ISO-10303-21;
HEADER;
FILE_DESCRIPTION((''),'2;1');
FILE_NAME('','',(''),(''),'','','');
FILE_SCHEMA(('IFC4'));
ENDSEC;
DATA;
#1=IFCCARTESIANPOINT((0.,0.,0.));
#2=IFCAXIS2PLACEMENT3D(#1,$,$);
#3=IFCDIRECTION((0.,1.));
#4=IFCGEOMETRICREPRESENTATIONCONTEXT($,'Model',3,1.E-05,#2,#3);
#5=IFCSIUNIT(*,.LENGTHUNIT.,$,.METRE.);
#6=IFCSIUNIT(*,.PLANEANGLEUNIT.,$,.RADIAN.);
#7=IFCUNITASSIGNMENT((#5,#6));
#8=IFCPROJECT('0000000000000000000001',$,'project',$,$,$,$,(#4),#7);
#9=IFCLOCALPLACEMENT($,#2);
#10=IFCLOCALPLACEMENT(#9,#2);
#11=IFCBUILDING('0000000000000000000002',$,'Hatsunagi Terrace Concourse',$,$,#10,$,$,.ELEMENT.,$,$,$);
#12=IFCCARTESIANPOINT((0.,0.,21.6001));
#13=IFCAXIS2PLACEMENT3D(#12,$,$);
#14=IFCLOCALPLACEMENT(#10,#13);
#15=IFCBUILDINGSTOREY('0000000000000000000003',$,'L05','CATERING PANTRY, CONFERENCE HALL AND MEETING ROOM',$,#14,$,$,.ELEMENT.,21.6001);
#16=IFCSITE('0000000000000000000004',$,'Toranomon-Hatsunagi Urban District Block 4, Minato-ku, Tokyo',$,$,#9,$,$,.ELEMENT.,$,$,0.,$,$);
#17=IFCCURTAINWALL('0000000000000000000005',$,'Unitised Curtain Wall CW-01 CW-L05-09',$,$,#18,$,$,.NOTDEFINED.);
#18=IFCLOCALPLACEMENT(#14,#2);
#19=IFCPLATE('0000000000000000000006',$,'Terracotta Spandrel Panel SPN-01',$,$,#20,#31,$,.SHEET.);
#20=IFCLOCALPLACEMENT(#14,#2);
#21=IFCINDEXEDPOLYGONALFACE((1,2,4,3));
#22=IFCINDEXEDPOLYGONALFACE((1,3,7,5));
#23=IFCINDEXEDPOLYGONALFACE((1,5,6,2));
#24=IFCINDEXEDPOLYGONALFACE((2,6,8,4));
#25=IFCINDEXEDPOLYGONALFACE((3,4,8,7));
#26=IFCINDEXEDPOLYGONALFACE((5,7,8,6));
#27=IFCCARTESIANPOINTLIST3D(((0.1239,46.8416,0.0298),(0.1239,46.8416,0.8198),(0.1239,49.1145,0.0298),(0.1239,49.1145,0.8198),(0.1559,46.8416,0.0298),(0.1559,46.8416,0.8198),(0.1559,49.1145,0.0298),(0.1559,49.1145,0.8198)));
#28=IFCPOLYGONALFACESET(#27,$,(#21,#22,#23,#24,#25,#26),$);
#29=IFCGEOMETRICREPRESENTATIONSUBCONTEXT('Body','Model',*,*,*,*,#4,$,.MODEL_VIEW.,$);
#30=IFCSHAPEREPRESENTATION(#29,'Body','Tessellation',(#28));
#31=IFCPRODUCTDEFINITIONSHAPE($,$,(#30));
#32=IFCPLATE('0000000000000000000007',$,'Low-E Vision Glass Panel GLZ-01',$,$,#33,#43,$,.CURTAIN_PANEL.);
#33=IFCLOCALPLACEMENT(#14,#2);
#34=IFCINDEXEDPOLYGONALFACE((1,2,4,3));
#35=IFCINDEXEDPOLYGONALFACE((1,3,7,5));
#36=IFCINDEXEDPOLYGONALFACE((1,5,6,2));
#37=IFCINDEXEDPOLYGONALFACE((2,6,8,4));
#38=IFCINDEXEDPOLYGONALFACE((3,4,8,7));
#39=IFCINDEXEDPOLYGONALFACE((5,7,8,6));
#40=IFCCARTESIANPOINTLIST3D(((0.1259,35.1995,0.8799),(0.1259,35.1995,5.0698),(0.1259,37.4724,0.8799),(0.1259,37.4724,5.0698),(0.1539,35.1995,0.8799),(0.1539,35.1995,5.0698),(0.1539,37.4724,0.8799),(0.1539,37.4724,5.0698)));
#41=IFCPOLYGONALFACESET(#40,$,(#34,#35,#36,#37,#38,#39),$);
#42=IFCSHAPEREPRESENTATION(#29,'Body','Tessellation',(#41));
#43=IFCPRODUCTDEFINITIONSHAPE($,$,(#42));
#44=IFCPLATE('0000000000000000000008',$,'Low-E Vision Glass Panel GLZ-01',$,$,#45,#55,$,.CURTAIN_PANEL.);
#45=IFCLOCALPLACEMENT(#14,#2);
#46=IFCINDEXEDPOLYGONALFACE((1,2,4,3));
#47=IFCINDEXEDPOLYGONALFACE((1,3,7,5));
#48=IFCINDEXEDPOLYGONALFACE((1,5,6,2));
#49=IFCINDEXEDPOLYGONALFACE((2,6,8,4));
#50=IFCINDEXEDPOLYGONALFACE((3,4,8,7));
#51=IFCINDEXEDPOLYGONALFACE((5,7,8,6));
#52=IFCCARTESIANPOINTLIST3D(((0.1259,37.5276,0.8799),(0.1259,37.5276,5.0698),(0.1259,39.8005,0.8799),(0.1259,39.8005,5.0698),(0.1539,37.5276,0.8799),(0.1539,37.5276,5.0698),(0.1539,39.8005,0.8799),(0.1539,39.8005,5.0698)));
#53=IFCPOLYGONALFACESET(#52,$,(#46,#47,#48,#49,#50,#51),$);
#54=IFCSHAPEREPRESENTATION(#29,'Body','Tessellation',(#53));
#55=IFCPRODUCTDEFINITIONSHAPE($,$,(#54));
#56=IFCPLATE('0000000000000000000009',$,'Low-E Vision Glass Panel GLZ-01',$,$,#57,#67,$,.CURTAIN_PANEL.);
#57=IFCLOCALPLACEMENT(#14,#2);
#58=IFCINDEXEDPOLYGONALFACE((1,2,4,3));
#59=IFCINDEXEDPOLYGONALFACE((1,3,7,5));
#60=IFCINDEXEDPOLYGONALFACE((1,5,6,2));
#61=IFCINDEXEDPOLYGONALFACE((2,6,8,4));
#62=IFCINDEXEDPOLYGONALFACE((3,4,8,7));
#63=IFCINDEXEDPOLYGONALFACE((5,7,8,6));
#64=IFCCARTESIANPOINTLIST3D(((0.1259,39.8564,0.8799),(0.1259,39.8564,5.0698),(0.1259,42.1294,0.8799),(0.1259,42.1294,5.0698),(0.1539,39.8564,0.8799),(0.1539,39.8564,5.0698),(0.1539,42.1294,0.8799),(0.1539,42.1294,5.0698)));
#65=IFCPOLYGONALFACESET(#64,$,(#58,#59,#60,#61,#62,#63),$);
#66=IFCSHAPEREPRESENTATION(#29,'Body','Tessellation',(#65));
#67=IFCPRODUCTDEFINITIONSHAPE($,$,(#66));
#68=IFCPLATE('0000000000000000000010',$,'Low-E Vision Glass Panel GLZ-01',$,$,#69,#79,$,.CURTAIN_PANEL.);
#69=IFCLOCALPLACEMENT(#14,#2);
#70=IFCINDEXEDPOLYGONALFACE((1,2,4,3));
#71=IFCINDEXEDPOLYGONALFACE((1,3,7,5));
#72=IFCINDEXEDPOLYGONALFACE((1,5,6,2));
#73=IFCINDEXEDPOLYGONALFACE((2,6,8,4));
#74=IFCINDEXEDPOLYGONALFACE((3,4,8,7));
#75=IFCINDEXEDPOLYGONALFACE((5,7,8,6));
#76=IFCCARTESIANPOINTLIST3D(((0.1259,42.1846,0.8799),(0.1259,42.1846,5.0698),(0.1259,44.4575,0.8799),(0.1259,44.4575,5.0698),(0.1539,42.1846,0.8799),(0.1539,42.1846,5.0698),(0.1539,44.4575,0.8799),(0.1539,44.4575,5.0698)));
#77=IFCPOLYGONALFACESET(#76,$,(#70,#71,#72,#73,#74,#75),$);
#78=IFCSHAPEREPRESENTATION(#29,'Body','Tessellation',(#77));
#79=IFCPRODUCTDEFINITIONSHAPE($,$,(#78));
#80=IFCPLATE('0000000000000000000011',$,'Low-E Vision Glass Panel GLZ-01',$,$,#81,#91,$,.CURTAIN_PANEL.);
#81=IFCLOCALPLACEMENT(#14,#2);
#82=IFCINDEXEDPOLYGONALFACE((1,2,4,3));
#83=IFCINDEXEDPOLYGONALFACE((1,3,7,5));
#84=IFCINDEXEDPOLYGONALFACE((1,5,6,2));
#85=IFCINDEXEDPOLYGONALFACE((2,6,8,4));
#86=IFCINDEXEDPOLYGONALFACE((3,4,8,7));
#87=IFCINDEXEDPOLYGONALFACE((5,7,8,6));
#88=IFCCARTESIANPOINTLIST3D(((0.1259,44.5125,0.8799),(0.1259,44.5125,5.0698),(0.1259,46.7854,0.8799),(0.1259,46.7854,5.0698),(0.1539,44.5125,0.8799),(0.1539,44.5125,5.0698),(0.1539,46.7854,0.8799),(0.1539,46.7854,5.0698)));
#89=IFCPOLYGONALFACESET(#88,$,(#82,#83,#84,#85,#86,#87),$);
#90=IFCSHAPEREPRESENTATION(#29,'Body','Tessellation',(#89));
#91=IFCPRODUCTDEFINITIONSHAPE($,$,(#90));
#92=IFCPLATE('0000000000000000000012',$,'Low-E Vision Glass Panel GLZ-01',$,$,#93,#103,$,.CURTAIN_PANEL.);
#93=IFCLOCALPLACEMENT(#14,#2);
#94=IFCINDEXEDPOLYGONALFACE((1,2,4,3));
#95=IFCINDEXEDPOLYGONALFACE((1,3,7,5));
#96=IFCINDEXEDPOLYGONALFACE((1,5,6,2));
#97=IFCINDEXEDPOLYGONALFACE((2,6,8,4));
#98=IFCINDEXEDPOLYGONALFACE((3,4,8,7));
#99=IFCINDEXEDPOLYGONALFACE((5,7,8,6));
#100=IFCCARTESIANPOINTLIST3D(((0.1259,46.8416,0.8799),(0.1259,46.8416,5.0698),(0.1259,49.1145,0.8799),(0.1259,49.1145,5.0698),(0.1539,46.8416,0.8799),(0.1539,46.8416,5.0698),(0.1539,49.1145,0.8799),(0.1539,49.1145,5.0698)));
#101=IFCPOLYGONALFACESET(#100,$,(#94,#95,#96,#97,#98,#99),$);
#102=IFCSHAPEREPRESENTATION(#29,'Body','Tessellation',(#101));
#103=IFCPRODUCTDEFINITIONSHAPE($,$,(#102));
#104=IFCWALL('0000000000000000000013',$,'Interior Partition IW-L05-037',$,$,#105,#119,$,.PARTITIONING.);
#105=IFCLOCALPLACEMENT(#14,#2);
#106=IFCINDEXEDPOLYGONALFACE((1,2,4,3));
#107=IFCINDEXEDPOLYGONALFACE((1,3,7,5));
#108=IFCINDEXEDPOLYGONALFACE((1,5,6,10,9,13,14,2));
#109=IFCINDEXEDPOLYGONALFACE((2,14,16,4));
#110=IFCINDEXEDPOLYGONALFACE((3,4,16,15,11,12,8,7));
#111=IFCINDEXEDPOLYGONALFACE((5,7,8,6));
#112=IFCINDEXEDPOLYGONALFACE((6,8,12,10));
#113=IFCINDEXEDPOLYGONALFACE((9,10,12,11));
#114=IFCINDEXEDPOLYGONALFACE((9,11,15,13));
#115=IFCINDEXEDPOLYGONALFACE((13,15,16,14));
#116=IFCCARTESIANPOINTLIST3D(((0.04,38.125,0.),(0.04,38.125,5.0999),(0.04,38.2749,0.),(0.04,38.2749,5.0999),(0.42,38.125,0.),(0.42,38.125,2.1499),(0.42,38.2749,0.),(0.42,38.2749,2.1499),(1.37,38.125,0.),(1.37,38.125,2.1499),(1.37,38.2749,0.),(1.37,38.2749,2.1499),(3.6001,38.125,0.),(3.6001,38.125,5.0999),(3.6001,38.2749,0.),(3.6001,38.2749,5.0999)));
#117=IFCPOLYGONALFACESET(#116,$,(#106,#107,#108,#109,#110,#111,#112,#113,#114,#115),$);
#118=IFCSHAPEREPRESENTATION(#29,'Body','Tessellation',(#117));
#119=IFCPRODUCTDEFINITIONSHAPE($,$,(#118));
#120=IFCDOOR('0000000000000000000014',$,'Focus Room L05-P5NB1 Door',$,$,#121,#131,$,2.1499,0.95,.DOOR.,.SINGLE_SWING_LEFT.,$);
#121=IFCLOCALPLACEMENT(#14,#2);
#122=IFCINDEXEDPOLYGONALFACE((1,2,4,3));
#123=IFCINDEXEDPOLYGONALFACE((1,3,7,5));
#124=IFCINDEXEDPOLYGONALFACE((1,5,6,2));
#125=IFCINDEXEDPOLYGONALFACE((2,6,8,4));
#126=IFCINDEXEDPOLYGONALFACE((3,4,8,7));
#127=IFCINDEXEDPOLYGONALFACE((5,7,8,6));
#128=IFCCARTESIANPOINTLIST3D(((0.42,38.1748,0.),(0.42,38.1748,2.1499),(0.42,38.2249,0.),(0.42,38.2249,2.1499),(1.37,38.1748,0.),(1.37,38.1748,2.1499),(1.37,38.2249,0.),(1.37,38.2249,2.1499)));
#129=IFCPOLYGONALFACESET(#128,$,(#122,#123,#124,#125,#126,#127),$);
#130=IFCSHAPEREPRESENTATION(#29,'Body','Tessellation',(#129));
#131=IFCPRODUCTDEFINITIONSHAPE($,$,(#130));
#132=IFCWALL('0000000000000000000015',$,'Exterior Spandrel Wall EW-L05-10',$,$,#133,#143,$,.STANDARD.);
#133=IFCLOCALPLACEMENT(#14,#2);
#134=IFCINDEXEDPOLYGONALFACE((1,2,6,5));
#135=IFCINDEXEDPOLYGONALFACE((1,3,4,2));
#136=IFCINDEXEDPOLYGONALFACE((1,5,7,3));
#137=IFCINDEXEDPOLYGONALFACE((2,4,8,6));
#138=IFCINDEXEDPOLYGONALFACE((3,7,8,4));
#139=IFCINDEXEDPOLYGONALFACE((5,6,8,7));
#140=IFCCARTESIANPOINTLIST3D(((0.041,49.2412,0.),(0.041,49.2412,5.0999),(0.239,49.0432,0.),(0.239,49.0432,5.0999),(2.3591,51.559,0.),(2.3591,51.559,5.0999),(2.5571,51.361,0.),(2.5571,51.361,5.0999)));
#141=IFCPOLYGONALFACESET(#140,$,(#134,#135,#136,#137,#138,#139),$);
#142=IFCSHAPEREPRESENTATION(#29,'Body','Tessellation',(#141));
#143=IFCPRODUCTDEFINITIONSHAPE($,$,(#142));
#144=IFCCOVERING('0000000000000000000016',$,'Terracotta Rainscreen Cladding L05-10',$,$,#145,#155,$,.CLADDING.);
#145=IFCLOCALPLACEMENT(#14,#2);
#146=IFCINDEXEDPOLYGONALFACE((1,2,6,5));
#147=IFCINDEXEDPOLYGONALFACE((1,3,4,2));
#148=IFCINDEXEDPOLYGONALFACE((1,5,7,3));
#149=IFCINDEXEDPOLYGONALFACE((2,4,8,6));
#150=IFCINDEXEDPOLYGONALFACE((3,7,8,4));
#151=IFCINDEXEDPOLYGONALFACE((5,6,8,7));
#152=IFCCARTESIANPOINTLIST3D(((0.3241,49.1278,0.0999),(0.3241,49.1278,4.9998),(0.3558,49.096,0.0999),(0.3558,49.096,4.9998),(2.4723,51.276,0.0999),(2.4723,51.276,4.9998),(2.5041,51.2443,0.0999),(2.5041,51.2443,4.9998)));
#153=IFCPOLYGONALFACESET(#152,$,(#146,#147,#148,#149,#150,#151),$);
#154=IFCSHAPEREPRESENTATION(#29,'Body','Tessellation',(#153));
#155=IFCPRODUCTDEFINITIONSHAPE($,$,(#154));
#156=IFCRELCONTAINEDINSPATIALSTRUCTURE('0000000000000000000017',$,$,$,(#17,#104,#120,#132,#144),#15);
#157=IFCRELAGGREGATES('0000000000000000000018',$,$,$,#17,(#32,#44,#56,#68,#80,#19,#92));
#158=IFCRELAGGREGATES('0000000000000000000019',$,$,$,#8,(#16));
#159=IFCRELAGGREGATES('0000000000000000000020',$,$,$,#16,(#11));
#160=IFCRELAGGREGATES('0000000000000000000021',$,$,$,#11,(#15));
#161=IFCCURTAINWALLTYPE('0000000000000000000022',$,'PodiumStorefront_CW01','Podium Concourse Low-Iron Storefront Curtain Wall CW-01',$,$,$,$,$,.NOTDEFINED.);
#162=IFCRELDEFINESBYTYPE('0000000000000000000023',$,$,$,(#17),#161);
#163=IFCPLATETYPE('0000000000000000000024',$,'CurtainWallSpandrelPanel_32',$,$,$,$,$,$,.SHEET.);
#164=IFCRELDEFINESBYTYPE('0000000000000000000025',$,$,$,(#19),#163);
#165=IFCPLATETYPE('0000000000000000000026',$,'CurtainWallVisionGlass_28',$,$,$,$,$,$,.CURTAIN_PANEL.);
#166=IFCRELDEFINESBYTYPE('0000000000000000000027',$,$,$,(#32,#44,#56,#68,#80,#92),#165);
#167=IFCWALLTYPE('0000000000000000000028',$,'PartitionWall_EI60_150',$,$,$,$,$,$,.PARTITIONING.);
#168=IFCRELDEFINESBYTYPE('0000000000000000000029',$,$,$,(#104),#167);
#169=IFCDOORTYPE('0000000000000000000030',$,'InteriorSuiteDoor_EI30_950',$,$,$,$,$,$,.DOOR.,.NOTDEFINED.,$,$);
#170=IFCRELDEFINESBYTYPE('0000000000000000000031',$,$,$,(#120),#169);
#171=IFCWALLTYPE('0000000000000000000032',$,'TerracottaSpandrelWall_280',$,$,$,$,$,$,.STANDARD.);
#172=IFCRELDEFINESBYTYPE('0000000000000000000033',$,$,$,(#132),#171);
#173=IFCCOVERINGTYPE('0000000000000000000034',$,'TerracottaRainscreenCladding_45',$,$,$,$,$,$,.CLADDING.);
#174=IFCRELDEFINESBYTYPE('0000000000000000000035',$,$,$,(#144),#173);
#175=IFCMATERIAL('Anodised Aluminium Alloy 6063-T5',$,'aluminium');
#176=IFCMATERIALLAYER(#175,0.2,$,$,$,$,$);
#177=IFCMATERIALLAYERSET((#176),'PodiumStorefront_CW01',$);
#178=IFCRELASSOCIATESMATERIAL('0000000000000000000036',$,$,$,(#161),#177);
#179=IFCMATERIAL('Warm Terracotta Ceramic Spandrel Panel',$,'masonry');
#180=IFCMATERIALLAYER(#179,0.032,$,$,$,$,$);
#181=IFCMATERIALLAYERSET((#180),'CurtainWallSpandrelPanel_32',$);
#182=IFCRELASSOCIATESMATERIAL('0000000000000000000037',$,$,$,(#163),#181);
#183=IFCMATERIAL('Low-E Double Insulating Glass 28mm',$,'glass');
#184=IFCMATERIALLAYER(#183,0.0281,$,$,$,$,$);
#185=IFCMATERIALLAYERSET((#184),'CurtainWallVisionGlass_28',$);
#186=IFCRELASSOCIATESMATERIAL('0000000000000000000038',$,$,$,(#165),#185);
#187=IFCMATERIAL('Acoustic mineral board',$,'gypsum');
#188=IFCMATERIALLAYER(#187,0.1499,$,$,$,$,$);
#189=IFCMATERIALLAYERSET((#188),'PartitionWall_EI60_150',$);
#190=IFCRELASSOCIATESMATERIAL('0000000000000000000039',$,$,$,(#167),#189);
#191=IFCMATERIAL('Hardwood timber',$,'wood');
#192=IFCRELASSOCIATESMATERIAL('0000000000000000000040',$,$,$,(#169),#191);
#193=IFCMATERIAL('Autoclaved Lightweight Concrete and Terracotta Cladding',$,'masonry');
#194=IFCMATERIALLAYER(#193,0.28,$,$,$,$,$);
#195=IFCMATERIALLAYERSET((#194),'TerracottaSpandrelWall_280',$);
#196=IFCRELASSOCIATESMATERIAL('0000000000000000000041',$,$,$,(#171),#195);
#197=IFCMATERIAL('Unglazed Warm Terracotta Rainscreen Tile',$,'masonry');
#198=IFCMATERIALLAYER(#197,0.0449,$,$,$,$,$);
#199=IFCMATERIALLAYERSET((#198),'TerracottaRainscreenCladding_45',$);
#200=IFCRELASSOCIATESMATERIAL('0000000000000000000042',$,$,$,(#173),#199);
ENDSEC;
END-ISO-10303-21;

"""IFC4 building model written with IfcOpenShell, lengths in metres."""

from ifc_helpers import new_model, si_unit, direction, frame, frame_2d, origin, origin_2d, place, context, subcontext, project, spatial, rectangle, extrude, material, layer, layer_set, type_object, element, fill, aggregate, save


model = new_model("IFC4")

# Units and contexts
model_context = context("Model", 3, precision=1e-05, world=origin(), true_north=direction((0.0, 1.0)))
body_context = subcontext(model_context, "Body", "Model", "MODEL_VIEW")
ifc_project = project(units=[si_unit("LENGTHUNIT", "METRE"), si_unit("PLANEANGLEUNIT", "RADIAN")], contexts=[model_context])

# Site, building, storey
site_placement = place(None, origin())
site = spatial("IfcSite", under=ifc_project, at=site_placement, Name="Toranomon-Hatsunagi Urban District Block 4, Minato-ku, Tokyo", CompositionType="ELEMENT", RefElevation=0.0)
building_placement = place(site_placement, origin())
building = spatial("IfcBuilding", under=site, at=building_placement, Name="Hatsunagi Terrace Concourse", CompositionType="ELEMENT")
storey_placement = place(building_placement, frame((0.0, 0.0, 21.6001)))
storey = spatial("IfcBuildingStorey", under=building, at=storey_placement, Name="L05", Description="CATERING PANTRY, CONFERENCE HALL AND MEETING ROOM", CompositionType="ELEMENT", Elevation=21.6001)

# Curtain wall
ifc_material_1 = material(Name="Anodised Aluminium Alloy 6063-T5", Category="aluminium")
ifc_layer_1 = layer(ifc_material_1, 0.2)
ifc_layer_set_1 = layer_set([ifc_layer_1], Name="PodiumStorefront_CW01")
curtain_wall_type = type_object("IfcCurtainWallType", Name="PodiumStorefront_CW01", Description="Podium Concourse Low-Iron Storefront Curtain Wall CW-01", PredefinedType="NOTDEFINED", material=ifc_layer_set_1)
curtain_wall_1_placement = place(storey_placement, origin())
curtain_wall_1 = element("IfcCurtainWall", 1, at=curtain_wall_1_placement, inside=storey, type_object=curtain_wall_type, Name="Unitised Curtain Wall CW-01 CW-L05-09", PredefinedType="NOTDEFINED")

# Plates
ifc_material_2 = material(Name="Warm Terracotta Ceramic Spandrel Panel", Category="masonry")
ifc_layer_2 = layer(ifc_material_2, 0.032)
ifc_layer_set_2 = layer_set([ifc_layer_2], Name="CurtainWallSpandrelPanel_32")
plate_type_1 = type_object("IfcPlateType", Name="CurtainWallSpandrelPanel_32", PredefinedType="SHEET", material=ifc_layer_set_2)
plate_1_placement = place(storey_placement, frame((0.1399, 47.978, 0.0298), z_axis=(0.0, 0.0, 1.0), x_axis=(0.0, 1.0, 0.0)))
plate_1 = element("IfcPlate", 2, at=plate_1_placement, type_object=plate_type_1, Name="Terracotta Spandrel Panel SPN-01", PredefinedType="SHEET", context=body_context, shape_type="SweptSolid", body=[
    extrude(rectangle(XDim=2.2729, YDim=0.032, at=origin_2d()), origin(), (0.0, 0.0, 1.0), 0.79),
])
ifc_material_3 = material(Name="Low-E Double Insulating Glass 28mm", Category="glass")
ifc_layer_3 = layer(ifc_material_3, 0.0281)
ifc_layer_set_3 = layer_set([ifc_layer_3], Name="CurtainWallVisionGlass_28")
plate_type_2 = type_object("IfcPlateType", Name="CurtainWallVisionGlass_28", PredefinedType="CURTAIN_PANEL", material=ifc_layer_set_3)
plate_2_placement = place(storey_placement, frame((0.1399, 36.3359, 0.8799), z_axis=(0.0, 0.0, 1.0), x_axis=(0.0, 1.0, 0.0)))
plate_2 = element("IfcPlate", 3, at=plate_2_placement, type_object=plate_type_2, Name="Low-E Vision Glass Panel GLZ-01", PredefinedType="CURTAIN_PANEL", context=body_context, shape_type="SweptSolid", body=[
    extrude(rectangle(XDim=2.2729, YDim=0.0281, at=origin_2d()), origin(), (0.0, 0.0, 1.0), 4.1899),
])
plate_3_placement = place(storey_placement, frame((0.1399, 38.6641, 0.8799), z_axis=(0.0, 0.0, 1.0), x_axis=(0.0, 1.0, 0.0)))
plate_3 = element("IfcPlate", 4, at=plate_3_placement, type_object=plate_type_2, Name="Low-E Vision Glass Panel GLZ-01", PredefinedType="CURTAIN_PANEL", context=body_context, shape_type="SweptSolid", body=[
    extrude(rectangle(XDim=2.2729, YDim=0.0281, at=origin_2d()), origin(), (0.0, 0.0, 1.0), 4.1899),
])
plate_4_placement = place(storey_placement, frame((0.1399, 40.9929, 0.8799), z_axis=(0.0, 0.0, 1.0), x_axis=(0.0, 1.0, 0.0)))
plate_4 = element("IfcPlate", 5, at=plate_4_placement, type_object=plate_type_2, Name="Low-E Vision Glass Panel GLZ-01", PredefinedType="CURTAIN_PANEL", context=body_context, shape_type="SweptSolid", body=[
    extrude(rectangle(XDim=2.2729, YDim=0.0281, at=origin_2d()), origin(), (0.0, 0.0, 1.0), 4.1899),
])
plate_5_placement = place(storey_placement, frame((0.1399, 43.321, 0.8799), z_axis=(0.0, 0.0, 1.0), x_axis=(0.0, 1.0, 0.0)))
plate_5 = element("IfcPlate", 6, at=plate_5_placement, type_object=plate_type_2, Name="Low-E Vision Glass Panel GLZ-01", PredefinedType="CURTAIN_PANEL", context=body_context, shape_type="SweptSolid", body=[
    extrude(rectangle(XDim=2.2729, YDim=0.0281, at=origin_2d()), origin(), (0.0, 0.0, 1.0), 4.1899),
])
plate_6_placement = place(storey_placement, frame((0.1399, 45.6489, 0.8799), z_axis=(0.0, 0.0, 1.0), x_axis=(0.0, 1.0, 0.0)))
plate_6 = element("IfcPlate", 7, at=plate_6_placement, type_object=plate_type_2, Name="Low-E Vision Glass Panel GLZ-01", PredefinedType="CURTAIN_PANEL", context=body_context, shape_type="SweptSolid", body=[
    extrude(rectangle(XDim=2.2729, YDim=0.0281, at=origin_2d()), origin(), (0.0, 0.0, 1.0), 4.1899),
])
plate_7_placement = place(storey_placement, frame((0.1399, 47.978, 0.8799), z_axis=(0.0, 0.0, 1.0), x_axis=(0.0, 1.0, 0.0)))
plate_7 = element("IfcPlate", 8, at=plate_7_placement, type_object=plate_type_2, Name="Low-E Vision Glass Panel GLZ-01", PredefinedType="CURTAIN_PANEL", context=body_context, shape_type="SweptSolid", body=[
    extrude(rectangle(XDim=2.2729, YDim=0.0281, at=origin_2d()), origin(), (0.0, 0.0, 1.0), 4.1899),
])
aggregate(curtain_wall_1, [plate_2, plate_3, plate_4, plate_5, plate_6, plate_1, plate_7])

# Wall, opening, door
ifc_material_4 = material(Name="Acoustic mineral board", Category="gypsum")
ifc_layer_4 = layer(ifc_material_4, 0.1499)
ifc_layer_set_4 = layer_set([ifc_layer_4], Name="PartitionWall_EI60_150")
wall_type_1 = type_object("IfcWallType", Name="PartitionWall_EI60_150", PredefinedType="PARTITIONING", material=ifc_layer_set_4)
wall_1_placement = place(storey_placement, frame((0.04, 38.2, 0.0), z_axis=(0.0, 0.0, 1.0), x_axis=(1.0, 0.0, 0.0)))
wall_1 = element("IfcWall", 9, at=wall_1_placement, inside=storey, type_object=wall_type_1, Name="Interior Partition IW-L05-037", PredefinedType="PARTITIONING", context=body_context, shape_type="SweptSolid", body=[
    extrude(rectangle(XDim=3.5601, YDim=0.1499, at=frame_2d((1.78, 0.0))), origin(), (0.0, 0.0, 1.0), 5.0999),
])
opening_placement = place(wall_1_placement, frame((0.3799, 0.0, 0.0)))
opening = element("IfcOpeningElement", 10, at=opening_placement, cuts=wall_1, PredefinedType="OPENING", context=body_context, shape_type="SweptSolid", body=[
    extrude(rectangle(XDim=0.95, YDim=2.1499, at=frame_2d((0.4751, 1.075))), frame((0.0, 0.085, 0.0), z_axis=(0.0, -1.0, 0.0), x_axis=(1.0, 0.0, 0.0)), (0.0, 0.0, 1.0), 0.1699),
])
ifc_material_5 = material(Name="Hardwood timber", Category="wood")
door_type = type_object("IfcDoorType", Name="InteriorSuiteDoor_EI30_950", OperationType="NOTDEFINED", PredefinedType="DOOR", material=ifc_material_5)
door_placement = place(opening_placement, origin())
door = element("IfcDoor", 11, at=door_placement, inside=storey, type_object=door_type, Name="Focus Room L05-P5NB1 Door", OperationType="SINGLE_SWING_LEFT", OverallHeight=2.1499, OverallWidth=0.95, PredefinedType="DOOR", context=body_context, shape_type="SweptSolid", body=[
    extrude(rectangle(XDim=0.95, YDim=2.1499, at=frame_2d((0.4751, 1.075))), frame((0.0, 0.0249, 0.0), z_axis=(0.0, -1.0, 0.0), x_axis=(1.0, 0.0, 0.0)), (0.0, 0.0, 1.0), 0.05),
])
fill(opening, door)

# Wall
ifc_material_6 = material(Name="Autoclaved Lightweight Concrete and Terracotta Cladding", Category="masonry")
ifc_layer_5 = layer(ifc_material_6, 0.28)
ifc_layer_set_5 = layer_set([ifc_layer_5], Name="TerracottaSpandrelWall_280")
wall_type_2 = type_object("IfcWallType", Name="TerracottaSpandrelWall_280", PredefinedType="STANDARD", material=ifc_layer_set_5)
wall_2_placement = place(storey_placement, frame((0.1399, 49.1421, 0.0), z_axis=(0.0, 0.0, 1.0), x_axis=(0.707144, 0.70707, 0.0)))
element("IfcWall", 12, at=wall_2_placement, inside=storey, type_object=wall_type_2, Name="Exterior Spandrel Wall EW-L05-10", PredefinedType="STANDARD", context=body_context, shape_type="SweptSolid", body=[
    extrude(rectangle(XDim=3.2781, YDim=0.28, at=frame_2d((1.6392, 0.0))), origin(), (0.0, 0.0, 1.0), 5.0999),
])

# Covering
ifc_material_7 = material(Name="Unglazed Warm Terracotta Rainscreen Tile", Category="masonry")
ifc_layer_6 = layer(ifc_material_7, 0.0449)
ifc_layer_set_6 = layer_set([ifc_layer_6], Name="TerracottaRainscreenCladding_45")
covering_type = type_object("IfcCoveringType", Name="TerracottaRainscreenCladding_45", PredefinedType="CLADDING", material=ifc_layer_set_6)
covering_placement = place(storey_placement, frame((1.4141, 50.186, 0.0999), z_axis=(0.0, 0.0, 1.0), x_axis=(0.707107, 0.707107, 0.0)))
element("IfcCovering", 13, at=covering_placement, inside=storey, type_object=covering_type, Name="Terracotta Rainscreen Cladding L05-10", PredefinedType="CLADDING", context=body_context, shape_type="SweptSolid", body=[
    extrude(rectangle(XDim=3.0381, YDim=0.0449, at=origin_2d()), origin(), (0.0, 0.0, 1.0), 4.8999),
])

save(model, "model.ifc")
